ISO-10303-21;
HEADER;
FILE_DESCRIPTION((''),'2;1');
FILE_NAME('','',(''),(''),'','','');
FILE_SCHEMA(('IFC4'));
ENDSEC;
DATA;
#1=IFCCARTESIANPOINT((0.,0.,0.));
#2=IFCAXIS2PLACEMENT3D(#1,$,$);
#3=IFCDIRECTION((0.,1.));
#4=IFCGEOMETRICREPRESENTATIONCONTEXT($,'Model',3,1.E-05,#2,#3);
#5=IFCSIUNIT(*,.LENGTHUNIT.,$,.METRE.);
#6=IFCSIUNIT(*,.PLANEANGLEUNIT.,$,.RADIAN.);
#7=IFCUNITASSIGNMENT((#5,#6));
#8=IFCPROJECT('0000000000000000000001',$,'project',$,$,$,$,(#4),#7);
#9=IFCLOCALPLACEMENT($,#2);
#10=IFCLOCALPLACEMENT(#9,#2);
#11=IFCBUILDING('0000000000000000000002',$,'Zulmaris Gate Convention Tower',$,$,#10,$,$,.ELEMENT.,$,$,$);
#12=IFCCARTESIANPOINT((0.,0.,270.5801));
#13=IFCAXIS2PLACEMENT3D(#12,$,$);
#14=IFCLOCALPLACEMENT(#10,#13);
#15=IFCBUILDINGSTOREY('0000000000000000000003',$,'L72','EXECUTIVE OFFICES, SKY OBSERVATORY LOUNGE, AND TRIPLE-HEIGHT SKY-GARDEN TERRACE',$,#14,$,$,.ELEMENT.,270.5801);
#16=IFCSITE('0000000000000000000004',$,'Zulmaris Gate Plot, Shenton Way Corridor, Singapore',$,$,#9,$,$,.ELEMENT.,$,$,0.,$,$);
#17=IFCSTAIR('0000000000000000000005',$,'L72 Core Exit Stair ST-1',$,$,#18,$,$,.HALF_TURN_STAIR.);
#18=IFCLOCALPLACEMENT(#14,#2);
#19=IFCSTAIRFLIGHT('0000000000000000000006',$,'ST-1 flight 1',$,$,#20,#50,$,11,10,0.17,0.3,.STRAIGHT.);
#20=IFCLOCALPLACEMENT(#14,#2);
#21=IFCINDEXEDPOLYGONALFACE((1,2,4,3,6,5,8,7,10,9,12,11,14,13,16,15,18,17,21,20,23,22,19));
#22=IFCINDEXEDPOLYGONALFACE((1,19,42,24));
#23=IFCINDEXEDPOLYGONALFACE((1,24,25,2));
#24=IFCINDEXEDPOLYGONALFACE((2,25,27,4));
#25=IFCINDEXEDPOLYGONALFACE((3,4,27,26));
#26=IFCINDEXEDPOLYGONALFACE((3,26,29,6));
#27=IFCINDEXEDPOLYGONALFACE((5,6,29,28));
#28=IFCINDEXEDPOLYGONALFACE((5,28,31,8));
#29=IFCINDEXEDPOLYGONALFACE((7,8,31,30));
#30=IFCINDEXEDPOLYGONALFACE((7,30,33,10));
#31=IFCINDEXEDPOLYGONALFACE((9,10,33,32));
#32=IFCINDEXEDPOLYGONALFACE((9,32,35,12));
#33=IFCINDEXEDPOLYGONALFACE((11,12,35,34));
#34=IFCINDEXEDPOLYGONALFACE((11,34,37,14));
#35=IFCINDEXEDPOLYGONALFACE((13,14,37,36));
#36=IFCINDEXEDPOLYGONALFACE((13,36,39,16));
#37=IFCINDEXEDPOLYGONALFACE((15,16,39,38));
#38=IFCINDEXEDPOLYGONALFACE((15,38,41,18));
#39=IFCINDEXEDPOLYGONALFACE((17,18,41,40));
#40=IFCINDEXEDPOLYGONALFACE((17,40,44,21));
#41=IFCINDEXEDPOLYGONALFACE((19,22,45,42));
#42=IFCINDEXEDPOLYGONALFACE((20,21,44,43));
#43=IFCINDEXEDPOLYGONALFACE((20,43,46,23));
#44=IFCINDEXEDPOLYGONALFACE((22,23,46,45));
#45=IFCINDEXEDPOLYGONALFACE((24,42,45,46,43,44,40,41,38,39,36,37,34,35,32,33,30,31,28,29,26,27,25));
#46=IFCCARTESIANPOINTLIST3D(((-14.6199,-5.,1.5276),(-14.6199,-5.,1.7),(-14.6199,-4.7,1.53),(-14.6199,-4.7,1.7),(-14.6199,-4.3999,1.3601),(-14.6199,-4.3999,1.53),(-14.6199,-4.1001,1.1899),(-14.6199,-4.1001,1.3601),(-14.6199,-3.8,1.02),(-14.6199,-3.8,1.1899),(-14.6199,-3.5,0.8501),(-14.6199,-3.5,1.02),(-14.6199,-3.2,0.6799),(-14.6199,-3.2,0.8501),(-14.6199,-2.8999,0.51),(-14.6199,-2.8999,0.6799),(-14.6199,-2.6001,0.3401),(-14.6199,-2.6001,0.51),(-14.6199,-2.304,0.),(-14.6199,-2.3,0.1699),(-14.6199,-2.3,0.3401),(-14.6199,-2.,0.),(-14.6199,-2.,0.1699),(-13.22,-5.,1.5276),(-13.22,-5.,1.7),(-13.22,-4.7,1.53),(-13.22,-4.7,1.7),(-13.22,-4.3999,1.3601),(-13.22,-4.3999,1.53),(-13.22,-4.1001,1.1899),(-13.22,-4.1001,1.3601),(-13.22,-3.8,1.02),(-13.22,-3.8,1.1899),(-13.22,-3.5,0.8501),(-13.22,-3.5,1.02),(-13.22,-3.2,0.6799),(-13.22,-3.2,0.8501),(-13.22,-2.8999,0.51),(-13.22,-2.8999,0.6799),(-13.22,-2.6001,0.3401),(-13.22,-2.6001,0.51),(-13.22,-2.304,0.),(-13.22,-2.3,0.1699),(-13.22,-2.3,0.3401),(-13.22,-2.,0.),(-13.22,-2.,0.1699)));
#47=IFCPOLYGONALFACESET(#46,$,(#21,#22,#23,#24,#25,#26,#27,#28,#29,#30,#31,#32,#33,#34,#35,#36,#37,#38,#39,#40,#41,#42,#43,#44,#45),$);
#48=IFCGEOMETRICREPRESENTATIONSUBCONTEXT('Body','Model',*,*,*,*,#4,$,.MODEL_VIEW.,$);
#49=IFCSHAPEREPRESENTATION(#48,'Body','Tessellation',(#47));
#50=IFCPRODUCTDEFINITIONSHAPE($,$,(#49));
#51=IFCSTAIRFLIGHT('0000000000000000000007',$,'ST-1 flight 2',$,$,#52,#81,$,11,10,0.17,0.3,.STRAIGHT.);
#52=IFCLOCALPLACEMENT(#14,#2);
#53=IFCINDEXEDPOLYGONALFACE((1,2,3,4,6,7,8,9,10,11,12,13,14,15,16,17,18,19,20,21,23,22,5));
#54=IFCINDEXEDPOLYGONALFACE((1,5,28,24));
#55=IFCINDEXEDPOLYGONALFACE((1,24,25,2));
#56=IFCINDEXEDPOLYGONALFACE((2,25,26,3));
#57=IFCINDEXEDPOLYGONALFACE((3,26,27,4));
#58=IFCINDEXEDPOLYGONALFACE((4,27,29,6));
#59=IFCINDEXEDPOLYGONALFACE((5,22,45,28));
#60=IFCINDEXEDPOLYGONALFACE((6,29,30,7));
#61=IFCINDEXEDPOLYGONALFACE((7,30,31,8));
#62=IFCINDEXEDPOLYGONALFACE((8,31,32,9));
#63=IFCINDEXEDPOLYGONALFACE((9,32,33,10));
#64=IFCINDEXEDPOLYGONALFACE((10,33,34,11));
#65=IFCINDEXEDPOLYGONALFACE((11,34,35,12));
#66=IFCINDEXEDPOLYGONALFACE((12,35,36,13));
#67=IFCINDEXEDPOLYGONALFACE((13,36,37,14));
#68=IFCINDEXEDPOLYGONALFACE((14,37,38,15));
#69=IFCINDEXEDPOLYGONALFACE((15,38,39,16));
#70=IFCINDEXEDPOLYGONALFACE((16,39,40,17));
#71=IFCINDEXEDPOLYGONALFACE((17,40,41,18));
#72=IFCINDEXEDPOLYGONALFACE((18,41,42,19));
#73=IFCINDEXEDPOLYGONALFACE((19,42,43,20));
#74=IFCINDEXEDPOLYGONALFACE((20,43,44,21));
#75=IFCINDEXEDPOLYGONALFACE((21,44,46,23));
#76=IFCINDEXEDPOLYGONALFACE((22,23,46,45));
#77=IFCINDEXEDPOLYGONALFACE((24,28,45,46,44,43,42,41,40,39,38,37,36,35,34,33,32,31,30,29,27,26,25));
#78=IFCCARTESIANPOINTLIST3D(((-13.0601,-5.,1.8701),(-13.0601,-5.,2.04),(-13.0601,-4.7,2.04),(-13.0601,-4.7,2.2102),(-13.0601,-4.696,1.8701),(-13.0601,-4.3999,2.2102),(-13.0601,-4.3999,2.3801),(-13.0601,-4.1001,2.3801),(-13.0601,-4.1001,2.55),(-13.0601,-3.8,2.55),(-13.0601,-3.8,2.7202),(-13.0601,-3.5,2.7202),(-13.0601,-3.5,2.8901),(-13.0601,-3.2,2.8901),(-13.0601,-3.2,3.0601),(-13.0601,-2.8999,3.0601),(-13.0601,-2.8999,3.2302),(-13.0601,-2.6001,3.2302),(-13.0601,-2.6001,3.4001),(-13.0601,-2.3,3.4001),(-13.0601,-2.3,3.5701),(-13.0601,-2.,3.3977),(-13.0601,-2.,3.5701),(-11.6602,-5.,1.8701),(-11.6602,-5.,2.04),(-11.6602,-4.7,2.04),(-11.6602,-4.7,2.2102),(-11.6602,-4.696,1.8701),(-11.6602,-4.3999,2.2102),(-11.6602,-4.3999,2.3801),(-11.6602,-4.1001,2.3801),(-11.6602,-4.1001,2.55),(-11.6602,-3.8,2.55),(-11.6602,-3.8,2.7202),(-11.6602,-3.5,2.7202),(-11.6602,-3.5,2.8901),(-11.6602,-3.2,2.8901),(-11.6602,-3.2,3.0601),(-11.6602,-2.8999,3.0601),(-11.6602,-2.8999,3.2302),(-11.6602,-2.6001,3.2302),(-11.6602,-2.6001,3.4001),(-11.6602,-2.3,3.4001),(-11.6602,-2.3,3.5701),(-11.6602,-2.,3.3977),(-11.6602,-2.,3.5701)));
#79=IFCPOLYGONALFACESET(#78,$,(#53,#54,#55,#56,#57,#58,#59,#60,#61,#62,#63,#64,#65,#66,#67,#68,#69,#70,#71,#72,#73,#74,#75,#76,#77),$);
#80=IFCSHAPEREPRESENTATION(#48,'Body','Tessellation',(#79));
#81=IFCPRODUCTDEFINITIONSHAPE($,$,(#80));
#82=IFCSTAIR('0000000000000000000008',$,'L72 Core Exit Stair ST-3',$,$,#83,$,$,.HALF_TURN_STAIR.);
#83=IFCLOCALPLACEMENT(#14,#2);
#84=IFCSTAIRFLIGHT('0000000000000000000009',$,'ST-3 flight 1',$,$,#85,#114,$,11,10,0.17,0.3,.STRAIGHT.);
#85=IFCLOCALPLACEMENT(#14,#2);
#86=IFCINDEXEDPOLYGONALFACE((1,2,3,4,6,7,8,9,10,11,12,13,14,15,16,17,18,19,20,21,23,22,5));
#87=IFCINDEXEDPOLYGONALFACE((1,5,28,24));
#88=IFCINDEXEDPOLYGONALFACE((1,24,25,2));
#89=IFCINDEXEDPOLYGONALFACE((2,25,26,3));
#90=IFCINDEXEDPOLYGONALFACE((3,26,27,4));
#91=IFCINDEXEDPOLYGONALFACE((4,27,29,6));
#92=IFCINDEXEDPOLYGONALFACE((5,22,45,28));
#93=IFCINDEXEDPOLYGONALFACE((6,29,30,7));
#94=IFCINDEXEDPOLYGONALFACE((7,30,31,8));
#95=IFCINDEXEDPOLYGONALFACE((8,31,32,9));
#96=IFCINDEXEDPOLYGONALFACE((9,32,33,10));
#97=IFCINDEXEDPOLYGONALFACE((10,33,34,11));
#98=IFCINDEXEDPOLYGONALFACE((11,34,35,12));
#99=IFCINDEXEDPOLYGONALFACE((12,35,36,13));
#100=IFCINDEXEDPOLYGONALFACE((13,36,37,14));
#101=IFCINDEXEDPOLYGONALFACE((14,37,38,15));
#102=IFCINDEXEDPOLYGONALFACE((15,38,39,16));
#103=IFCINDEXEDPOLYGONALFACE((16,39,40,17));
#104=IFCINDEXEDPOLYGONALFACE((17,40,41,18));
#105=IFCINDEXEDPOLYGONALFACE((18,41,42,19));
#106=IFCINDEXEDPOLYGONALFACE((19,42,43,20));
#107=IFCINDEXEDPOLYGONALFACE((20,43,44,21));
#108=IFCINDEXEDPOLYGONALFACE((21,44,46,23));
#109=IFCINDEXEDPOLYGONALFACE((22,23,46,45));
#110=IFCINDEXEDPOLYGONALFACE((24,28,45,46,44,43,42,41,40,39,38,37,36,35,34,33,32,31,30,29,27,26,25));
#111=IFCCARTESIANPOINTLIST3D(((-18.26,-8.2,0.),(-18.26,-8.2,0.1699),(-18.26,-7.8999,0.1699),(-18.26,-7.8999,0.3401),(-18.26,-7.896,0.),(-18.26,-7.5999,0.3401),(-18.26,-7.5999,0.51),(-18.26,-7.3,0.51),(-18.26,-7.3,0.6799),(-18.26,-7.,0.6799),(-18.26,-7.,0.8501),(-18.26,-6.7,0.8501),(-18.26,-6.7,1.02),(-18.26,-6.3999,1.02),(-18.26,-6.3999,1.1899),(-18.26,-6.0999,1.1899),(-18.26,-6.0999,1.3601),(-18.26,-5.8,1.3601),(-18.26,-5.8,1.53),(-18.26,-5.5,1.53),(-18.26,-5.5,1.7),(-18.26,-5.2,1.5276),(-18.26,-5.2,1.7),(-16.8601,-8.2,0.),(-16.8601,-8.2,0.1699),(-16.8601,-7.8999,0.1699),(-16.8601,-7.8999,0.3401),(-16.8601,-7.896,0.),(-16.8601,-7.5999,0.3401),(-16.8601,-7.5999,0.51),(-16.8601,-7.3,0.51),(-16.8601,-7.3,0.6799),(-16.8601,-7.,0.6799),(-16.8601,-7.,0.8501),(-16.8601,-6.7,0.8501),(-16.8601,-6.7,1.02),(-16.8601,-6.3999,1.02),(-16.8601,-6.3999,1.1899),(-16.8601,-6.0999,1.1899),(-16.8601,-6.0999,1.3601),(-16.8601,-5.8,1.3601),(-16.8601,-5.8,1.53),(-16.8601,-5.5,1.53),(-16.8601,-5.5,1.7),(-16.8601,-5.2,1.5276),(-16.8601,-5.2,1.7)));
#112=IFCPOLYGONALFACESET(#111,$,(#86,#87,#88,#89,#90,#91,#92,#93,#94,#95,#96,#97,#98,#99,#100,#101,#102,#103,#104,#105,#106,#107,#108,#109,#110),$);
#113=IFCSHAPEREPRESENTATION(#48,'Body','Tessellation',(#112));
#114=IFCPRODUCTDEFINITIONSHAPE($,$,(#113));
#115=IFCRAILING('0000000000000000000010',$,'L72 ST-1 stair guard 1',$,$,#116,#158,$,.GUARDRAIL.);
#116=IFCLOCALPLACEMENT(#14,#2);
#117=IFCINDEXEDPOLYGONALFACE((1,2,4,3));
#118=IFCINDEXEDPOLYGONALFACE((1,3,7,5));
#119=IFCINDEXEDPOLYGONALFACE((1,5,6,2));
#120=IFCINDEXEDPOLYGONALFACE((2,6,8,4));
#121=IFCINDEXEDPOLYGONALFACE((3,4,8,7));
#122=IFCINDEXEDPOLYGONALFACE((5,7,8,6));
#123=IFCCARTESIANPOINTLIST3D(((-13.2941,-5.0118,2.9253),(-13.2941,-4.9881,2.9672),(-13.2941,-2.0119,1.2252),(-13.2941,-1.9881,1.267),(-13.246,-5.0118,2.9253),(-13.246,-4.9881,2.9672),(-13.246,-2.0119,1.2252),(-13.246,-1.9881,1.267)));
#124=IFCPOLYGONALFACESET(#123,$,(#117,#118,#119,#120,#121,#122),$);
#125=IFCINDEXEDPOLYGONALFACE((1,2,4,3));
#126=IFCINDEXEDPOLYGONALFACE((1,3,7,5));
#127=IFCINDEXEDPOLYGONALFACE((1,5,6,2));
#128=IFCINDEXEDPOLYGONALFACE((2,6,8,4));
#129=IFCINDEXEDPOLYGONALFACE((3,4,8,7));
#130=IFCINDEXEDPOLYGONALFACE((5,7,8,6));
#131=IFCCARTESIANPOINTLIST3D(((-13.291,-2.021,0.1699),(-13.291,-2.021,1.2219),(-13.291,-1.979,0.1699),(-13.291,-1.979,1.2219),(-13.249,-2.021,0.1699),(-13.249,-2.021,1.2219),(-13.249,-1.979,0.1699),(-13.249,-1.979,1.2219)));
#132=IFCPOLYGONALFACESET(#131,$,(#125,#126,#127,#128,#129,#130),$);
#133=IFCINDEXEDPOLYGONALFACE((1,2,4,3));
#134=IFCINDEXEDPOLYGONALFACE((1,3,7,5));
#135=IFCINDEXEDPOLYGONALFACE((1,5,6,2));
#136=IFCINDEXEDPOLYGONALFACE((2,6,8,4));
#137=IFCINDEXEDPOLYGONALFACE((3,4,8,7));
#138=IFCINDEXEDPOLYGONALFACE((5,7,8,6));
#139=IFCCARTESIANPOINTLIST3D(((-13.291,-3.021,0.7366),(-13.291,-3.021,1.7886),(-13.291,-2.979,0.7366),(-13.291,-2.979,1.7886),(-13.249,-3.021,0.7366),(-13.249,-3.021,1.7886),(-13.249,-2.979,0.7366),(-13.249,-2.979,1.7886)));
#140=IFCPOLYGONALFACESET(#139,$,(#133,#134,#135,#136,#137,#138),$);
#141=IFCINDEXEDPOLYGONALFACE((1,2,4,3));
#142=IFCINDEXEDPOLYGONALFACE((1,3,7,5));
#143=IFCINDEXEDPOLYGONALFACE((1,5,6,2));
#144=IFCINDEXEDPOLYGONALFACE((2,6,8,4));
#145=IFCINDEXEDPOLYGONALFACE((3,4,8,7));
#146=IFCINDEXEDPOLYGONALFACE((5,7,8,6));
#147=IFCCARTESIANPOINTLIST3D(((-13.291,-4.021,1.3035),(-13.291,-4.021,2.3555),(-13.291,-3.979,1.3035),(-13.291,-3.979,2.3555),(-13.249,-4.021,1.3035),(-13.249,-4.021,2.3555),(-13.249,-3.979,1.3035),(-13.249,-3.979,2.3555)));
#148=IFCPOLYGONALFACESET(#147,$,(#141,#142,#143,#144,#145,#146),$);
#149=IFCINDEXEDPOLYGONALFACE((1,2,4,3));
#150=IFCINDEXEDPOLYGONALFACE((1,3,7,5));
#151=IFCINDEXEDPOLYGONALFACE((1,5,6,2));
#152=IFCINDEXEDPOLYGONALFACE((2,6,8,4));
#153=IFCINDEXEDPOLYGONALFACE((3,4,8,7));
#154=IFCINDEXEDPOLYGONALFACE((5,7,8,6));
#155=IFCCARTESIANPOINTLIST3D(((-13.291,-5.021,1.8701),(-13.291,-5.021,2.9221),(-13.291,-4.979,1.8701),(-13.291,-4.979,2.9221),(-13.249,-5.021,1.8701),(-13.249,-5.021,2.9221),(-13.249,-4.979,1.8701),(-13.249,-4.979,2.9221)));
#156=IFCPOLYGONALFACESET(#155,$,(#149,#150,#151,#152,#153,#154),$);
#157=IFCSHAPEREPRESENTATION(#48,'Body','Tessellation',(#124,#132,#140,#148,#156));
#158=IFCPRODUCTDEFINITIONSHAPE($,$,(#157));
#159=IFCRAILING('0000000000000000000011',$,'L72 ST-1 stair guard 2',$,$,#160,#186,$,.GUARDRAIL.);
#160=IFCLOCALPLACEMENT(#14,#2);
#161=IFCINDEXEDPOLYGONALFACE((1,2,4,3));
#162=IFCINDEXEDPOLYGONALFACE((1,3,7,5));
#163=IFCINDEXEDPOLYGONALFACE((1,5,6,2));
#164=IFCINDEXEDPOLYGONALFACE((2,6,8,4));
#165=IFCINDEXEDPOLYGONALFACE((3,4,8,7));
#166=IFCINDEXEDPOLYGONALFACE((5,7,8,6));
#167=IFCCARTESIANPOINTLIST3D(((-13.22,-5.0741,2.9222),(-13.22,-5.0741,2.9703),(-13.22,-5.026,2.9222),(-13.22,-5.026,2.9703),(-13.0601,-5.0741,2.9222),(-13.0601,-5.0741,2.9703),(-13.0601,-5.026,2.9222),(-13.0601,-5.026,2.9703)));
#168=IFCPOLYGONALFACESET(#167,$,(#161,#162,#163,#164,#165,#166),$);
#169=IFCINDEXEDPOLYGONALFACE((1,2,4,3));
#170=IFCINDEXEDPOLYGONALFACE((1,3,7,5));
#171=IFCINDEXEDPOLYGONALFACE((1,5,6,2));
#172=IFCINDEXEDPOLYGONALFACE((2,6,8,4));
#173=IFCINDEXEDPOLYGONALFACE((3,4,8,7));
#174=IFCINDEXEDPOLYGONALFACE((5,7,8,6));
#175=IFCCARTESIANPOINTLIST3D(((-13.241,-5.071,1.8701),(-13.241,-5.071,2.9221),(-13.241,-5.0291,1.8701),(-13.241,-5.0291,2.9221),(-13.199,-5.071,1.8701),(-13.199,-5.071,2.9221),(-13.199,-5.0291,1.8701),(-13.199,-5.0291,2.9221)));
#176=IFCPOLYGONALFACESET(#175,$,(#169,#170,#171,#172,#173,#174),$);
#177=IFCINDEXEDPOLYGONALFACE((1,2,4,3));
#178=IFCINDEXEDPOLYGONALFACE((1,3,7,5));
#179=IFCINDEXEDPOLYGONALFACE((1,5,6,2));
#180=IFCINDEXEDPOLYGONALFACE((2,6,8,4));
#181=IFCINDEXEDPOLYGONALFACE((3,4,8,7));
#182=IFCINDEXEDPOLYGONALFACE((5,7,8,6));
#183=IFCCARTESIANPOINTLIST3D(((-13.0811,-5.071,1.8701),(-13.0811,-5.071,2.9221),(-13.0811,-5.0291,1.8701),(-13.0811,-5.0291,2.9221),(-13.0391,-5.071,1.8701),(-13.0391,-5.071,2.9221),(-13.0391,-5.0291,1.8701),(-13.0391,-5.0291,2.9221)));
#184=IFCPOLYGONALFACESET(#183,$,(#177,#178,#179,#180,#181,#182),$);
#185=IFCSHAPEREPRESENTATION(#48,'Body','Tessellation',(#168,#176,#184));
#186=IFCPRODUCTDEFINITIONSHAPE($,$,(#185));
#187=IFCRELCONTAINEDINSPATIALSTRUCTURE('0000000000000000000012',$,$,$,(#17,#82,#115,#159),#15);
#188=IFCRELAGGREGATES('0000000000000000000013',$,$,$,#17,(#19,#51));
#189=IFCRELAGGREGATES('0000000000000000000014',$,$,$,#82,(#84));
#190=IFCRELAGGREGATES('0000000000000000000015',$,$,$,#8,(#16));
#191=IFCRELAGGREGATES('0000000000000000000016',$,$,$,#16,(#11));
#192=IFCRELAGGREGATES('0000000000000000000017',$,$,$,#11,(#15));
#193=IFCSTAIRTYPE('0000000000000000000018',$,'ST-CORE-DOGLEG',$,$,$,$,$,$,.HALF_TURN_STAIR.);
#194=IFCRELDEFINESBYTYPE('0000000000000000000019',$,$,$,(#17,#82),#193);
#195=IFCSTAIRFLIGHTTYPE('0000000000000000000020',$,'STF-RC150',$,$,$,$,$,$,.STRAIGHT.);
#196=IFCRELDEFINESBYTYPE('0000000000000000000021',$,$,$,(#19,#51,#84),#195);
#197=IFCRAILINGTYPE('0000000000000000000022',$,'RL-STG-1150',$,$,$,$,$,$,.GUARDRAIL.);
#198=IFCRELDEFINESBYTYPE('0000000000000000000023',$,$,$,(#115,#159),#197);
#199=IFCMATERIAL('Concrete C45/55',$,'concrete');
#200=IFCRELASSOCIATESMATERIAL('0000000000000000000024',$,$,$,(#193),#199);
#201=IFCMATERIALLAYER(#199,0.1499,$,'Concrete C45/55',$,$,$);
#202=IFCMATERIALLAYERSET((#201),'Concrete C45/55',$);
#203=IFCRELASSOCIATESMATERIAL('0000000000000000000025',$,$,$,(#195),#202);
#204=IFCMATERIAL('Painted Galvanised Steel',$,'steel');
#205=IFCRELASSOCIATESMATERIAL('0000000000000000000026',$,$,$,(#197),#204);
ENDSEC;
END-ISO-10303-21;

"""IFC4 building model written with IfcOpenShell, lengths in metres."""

from ifc_helpers import new_model, si_unit, direction, frame, origin, origin_2d, place, context, subcontext, project, spatial, polyline, rectangle, outline, extrude, material, layer, layer_set, type_object, element, aggregate, save


model = new_model("IFC4")

# Units and contexts
model_context = context("Model", 3, precision=1e-05, world=origin(), true_north=direction((0.0, 1.0)))
body_context = subcontext(model_context, "Body", "Model", "MODEL_VIEW")
ifc_project = project(units=[si_unit("LENGTHUNIT", "METRE"), si_unit("PLANEANGLEUNIT", "RADIAN")], contexts=[model_context])

# Site, building, storey
site_placement = place(None, origin())
site = spatial("IfcSite", under=ifc_project, at=site_placement, Name="Zulmaris Gate Plot, Shenton Way Corridor, Singapore", CompositionType="ELEMENT", RefElevation=0.0)
building_placement = place(site_placement, origin())
building = spatial("IfcBuilding", under=site, at=building_placement, Name="Zulmaris Gate Convention Tower", CompositionType="ELEMENT")
storey_placement = place(building_placement, frame((0.0, 0.0, 270.5801)))
storey = spatial("IfcBuildingStorey", under=building, at=storey_placement, Name="L72", Description="EXECUTIVE OFFICES, SKY OBSERVATORY LOUNGE, AND TRIPLE-HEIGHT SKY-GARDEN TERRACE", CompositionType="ELEMENT", Elevation=270.5801)

# Stair, stair flights
ifc_material_1 = material(Name="Concrete C45/55", Category="concrete")
stair_type = type_object("IfcStairType", Name="ST-CORE-DOGLEG", PredefinedType="HALF_TURN_STAIR", material=ifc_material_1)
stair_1_placement = place(storey_placement, origin())
stair_1 = element("IfcStair", 1, at=stair_1_placement, inside=storey, type_object=stair_type, Name="L72 Core Exit Stair ST-1", PredefinedType="HALF_TURN_STAIR")
ifc_layer_1 = layer(ifc_material_1, 0.1499, Name="Concrete C45/55")
ifc_layer_set_1 = layer_set([ifc_layer_1], Name="Concrete C45/55")
stair_flight_type = type_object("IfcStairFlightType", Name="STF-RC150", PredefinedType="STRAIGHT", material=ifc_layer_set_1)
stair_flight_1_placement = place(storey_placement, frame((-13.9199, -2.0, 0.0), z_axis=(0.0, 0.0, 1.0), x_axis=(0.0, -1.0, 0.0)))
stair_flight_1 = element("IfcStairFlight", 2, at=stair_flight_1_placement, type_object=stair_flight_type, Name="ST-1 flight 1", NumberOfRisers=11, NumberOfTreads=10, PredefinedType="STRAIGHT", RiserHeight=0.17, TreadLength=0.3, context=body_context, shape_type="SweptSolid", body=[
    extrude(outline(polyline([(0.0, 0.0), (0.0, 0.1699), (0.3, 0.1699), (0.3, 0.3401), (0.6001, 0.3401), (0.6001, 0.51), (0.8999, 0.51), (0.8999, 0.6799), (1.2, 0.6799), (1.2, 0.8501), (1.5, 0.8501), (1.5, 1.02), (1.8, 1.02), (1.8, 1.1899), (2.1001, 1.1899), (2.1001, 1.3601), (2.3999, 1.3601), (2.3999, 1.53), (2.7, 1.53), (2.7, 1.7), (3.0, 1.7), (3.0, 1.8701), (3.0, 1.5276), (0.304, 0.0), (0.0, 0.0)])), frame((0.0, 0.7, 0.0), z_axis=(0.0, -1.0, 0.0), x_axis=(1.0, 0.0, 0.0)), (0.0, 0.0, 1.0), 1.3999),
])
stair_flight_2_placement = place(storey_placement, frame((-12.3601, -5.0, 1.8701), z_axis=(0.0, 0.0, 1.0), x_axis=(0.0, 1.0, 0.0)))
stair_flight_2 = element("IfcStairFlight", 3, at=stair_flight_2_placement, type_object=stair_flight_type, Name="ST-1 flight 2", NumberOfRisers=11, NumberOfTreads=10, PredefinedType="STRAIGHT", RiserHeight=0.17, TreadLength=0.3, context=body_context, shape_type="SweptSolid", body=[
    extrude(outline(polyline([(0.0, 0.0), (0.0, 0.1699), (0.3, 0.1699), (0.3, 0.3401), (0.6001, 0.3401), (0.6001, 0.51), (0.8999, 0.51), (0.8999, 0.6799), (1.2, 0.6799), (1.2, 0.8501), (1.5, 0.8501), (1.5, 1.02), (1.8, 1.02), (1.8, 1.1899), (2.1001, 1.1899), (2.1001, 1.3601), (2.3999, 1.3601), (2.3999, 1.53), (2.7, 1.53), (2.7, 1.7), (3.0, 1.7), (3.0, 1.8701), (3.0, 1.5276), (0.304, 0.0), (0.0, 0.0)])), frame((0.0, 0.7, 0.0), z_axis=(0.0, -1.0, 0.0), x_axis=(1.0, 0.0, 0.0)), (0.0, 0.0, 1.0), 1.3999),
])
aggregate(stair_1, [stair_flight_1, stair_flight_2])

# Stair, stair flight
stair_2_placement = place(storey_placement, origin())
stair_2 = element("IfcStair", 4, at=stair_2_placement, inside=storey, type_object=stair_type, Name="L72 Core Exit Stair ST-3", PredefinedType="HALF_TURN_STAIR")
stair_flight_3_placement = place(storey_placement, frame((-17.5601, -8.2, 0.0), z_axis=(0.0, 0.0, 1.0), x_axis=(0.0, 1.0, 0.0)))
stair_flight_3 = element("IfcStairFlight", 5, at=stair_flight_3_placement, type_object=stair_flight_type, Name="ST-3 flight 1", NumberOfRisers=11, NumberOfTreads=10, PredefinedType="STRAIGHT", RiserHeight=0.17, TreadLength=0.3, context=body_context, shape_type="SweptSolid", body=[
    extrude(outline(polyline([(0.0, 0.0), (0.0, 0.1699), (0.3, 0.1699), (0.3, 0.3401), (0.6001, 0.3401), (0.6001, 0.51), (0.8999, 0.51), (0.8999, 0.6799), (1.2, 0.6799), (1.2, 0.8501), (1.5, 0.8501), (1.5, 1.02), (1.8, 1.02), (1.8, 1.1899), (2.1001, 1.1899), (2.1001, 1.3601), (2.3999, 1.3601), (2.3999, 1.53), (2.7, 1.53), (2.7, 1.7), (3.0, 1.7), (3.0, 1.8701), (3.0, 1.5276), (0.304, 0.0), (0.0, 0.0)])), frame((0.0, 0.7, 0.0), z_axis=(0.0, -1.0, 0.0), x_axis=(1.0, 0.0, 0.0)), (0.0, 0.0, 1.0), 1.3999),
])
aggregate(stair_2, [stair_flight_3])

# Railings
ifc_material_2 = material(Name="Painted Galvanised Steel", Category="steel")
railing_type_1 = type_object("IfcRailingType", Name="RL-STG-1150", PredefinedType="GUARDRAIL", material=ifc_material_2)
railing_1_placement = place(storey_placement, frame((-13.27, -2.0, 0.1699)))
element("IfcRailing", 6, at=railing_1_placement, inside=storey, type_object=railing_type_1, Name="L72 ST-1 stair guard 1", PredefinedType="GUARDRAIL", context=body_context, shape_type="SweptSolid", body=[
    extrude(rectangle(XDim=0.0481, YDim=0.0481, at=origin_2d()), frame((0.0, 0.0, 1.0762), z_axis=(0.0, -0.869998, 0.493055), x_axis=(1.0, 0.0, 0.0)), (0.0, 0.0, 1.0), 3.4482),
    extrude(rectangle(XDim=0.042, YDim=0.042, at=origin_2d()), origin(), (0.0, 0.0, 1.0), 1.052),
    extrude(rectangle(XDim=0.042, YDim=0.042, at=origin_2d()), frame((0.0, -1.0, 0.5667)), (0.0, 0.0, 1.0), 1.052),
    extrude(rectangle(XDim=0.042, YDim=0.042, at=origin_2d()), frame((0.0, -2.0, 1.1335)), (0.0, 0.0, 1.0), 1.052),
    extrude(rectangle(XDim=0.042, YDim=0.042, at=origin_2d()), frame((0.0, -3.0, 1.7002)), (0.0, 0.0, 1.0), 1.052),
])
railing_2_placement = place(storey_placement, frame((-13.22, -5.05, 1.8701)))
element("IfcRailing", 7, at=railing_2_placement, inside=storey, type_object=railing_type_1, Name="L72 ST-1 stair guard 2", PredefinedType="GUARDRAIL", context=body_context, shape_type="SweptSolid", body=[
    extrude(rectangle(XDim=0.0481, YDim=0.0481, at=origin_2d()), frame((0.0, 0.0, 1.0762), z_axis=(1.0, 0.0, 0.0), x_axis=(0.0, 1.0, 0.0)), (0.0, 0.0, 1.0), 0.1599),
    extrude(rectangle(XDim=0.042, YDim=0.042, at=origin_2d()), origin(), (0.0, 0.0, 1.0), 1.052),
    extrude(rectangle(XDim=0.042, YDim=0.042, at=origin_2d()), frame((0.1599, 0.0, 0.0)), (0.0, 0.0, 1.0), 1.052),
])

save(model, "model.ifc")
